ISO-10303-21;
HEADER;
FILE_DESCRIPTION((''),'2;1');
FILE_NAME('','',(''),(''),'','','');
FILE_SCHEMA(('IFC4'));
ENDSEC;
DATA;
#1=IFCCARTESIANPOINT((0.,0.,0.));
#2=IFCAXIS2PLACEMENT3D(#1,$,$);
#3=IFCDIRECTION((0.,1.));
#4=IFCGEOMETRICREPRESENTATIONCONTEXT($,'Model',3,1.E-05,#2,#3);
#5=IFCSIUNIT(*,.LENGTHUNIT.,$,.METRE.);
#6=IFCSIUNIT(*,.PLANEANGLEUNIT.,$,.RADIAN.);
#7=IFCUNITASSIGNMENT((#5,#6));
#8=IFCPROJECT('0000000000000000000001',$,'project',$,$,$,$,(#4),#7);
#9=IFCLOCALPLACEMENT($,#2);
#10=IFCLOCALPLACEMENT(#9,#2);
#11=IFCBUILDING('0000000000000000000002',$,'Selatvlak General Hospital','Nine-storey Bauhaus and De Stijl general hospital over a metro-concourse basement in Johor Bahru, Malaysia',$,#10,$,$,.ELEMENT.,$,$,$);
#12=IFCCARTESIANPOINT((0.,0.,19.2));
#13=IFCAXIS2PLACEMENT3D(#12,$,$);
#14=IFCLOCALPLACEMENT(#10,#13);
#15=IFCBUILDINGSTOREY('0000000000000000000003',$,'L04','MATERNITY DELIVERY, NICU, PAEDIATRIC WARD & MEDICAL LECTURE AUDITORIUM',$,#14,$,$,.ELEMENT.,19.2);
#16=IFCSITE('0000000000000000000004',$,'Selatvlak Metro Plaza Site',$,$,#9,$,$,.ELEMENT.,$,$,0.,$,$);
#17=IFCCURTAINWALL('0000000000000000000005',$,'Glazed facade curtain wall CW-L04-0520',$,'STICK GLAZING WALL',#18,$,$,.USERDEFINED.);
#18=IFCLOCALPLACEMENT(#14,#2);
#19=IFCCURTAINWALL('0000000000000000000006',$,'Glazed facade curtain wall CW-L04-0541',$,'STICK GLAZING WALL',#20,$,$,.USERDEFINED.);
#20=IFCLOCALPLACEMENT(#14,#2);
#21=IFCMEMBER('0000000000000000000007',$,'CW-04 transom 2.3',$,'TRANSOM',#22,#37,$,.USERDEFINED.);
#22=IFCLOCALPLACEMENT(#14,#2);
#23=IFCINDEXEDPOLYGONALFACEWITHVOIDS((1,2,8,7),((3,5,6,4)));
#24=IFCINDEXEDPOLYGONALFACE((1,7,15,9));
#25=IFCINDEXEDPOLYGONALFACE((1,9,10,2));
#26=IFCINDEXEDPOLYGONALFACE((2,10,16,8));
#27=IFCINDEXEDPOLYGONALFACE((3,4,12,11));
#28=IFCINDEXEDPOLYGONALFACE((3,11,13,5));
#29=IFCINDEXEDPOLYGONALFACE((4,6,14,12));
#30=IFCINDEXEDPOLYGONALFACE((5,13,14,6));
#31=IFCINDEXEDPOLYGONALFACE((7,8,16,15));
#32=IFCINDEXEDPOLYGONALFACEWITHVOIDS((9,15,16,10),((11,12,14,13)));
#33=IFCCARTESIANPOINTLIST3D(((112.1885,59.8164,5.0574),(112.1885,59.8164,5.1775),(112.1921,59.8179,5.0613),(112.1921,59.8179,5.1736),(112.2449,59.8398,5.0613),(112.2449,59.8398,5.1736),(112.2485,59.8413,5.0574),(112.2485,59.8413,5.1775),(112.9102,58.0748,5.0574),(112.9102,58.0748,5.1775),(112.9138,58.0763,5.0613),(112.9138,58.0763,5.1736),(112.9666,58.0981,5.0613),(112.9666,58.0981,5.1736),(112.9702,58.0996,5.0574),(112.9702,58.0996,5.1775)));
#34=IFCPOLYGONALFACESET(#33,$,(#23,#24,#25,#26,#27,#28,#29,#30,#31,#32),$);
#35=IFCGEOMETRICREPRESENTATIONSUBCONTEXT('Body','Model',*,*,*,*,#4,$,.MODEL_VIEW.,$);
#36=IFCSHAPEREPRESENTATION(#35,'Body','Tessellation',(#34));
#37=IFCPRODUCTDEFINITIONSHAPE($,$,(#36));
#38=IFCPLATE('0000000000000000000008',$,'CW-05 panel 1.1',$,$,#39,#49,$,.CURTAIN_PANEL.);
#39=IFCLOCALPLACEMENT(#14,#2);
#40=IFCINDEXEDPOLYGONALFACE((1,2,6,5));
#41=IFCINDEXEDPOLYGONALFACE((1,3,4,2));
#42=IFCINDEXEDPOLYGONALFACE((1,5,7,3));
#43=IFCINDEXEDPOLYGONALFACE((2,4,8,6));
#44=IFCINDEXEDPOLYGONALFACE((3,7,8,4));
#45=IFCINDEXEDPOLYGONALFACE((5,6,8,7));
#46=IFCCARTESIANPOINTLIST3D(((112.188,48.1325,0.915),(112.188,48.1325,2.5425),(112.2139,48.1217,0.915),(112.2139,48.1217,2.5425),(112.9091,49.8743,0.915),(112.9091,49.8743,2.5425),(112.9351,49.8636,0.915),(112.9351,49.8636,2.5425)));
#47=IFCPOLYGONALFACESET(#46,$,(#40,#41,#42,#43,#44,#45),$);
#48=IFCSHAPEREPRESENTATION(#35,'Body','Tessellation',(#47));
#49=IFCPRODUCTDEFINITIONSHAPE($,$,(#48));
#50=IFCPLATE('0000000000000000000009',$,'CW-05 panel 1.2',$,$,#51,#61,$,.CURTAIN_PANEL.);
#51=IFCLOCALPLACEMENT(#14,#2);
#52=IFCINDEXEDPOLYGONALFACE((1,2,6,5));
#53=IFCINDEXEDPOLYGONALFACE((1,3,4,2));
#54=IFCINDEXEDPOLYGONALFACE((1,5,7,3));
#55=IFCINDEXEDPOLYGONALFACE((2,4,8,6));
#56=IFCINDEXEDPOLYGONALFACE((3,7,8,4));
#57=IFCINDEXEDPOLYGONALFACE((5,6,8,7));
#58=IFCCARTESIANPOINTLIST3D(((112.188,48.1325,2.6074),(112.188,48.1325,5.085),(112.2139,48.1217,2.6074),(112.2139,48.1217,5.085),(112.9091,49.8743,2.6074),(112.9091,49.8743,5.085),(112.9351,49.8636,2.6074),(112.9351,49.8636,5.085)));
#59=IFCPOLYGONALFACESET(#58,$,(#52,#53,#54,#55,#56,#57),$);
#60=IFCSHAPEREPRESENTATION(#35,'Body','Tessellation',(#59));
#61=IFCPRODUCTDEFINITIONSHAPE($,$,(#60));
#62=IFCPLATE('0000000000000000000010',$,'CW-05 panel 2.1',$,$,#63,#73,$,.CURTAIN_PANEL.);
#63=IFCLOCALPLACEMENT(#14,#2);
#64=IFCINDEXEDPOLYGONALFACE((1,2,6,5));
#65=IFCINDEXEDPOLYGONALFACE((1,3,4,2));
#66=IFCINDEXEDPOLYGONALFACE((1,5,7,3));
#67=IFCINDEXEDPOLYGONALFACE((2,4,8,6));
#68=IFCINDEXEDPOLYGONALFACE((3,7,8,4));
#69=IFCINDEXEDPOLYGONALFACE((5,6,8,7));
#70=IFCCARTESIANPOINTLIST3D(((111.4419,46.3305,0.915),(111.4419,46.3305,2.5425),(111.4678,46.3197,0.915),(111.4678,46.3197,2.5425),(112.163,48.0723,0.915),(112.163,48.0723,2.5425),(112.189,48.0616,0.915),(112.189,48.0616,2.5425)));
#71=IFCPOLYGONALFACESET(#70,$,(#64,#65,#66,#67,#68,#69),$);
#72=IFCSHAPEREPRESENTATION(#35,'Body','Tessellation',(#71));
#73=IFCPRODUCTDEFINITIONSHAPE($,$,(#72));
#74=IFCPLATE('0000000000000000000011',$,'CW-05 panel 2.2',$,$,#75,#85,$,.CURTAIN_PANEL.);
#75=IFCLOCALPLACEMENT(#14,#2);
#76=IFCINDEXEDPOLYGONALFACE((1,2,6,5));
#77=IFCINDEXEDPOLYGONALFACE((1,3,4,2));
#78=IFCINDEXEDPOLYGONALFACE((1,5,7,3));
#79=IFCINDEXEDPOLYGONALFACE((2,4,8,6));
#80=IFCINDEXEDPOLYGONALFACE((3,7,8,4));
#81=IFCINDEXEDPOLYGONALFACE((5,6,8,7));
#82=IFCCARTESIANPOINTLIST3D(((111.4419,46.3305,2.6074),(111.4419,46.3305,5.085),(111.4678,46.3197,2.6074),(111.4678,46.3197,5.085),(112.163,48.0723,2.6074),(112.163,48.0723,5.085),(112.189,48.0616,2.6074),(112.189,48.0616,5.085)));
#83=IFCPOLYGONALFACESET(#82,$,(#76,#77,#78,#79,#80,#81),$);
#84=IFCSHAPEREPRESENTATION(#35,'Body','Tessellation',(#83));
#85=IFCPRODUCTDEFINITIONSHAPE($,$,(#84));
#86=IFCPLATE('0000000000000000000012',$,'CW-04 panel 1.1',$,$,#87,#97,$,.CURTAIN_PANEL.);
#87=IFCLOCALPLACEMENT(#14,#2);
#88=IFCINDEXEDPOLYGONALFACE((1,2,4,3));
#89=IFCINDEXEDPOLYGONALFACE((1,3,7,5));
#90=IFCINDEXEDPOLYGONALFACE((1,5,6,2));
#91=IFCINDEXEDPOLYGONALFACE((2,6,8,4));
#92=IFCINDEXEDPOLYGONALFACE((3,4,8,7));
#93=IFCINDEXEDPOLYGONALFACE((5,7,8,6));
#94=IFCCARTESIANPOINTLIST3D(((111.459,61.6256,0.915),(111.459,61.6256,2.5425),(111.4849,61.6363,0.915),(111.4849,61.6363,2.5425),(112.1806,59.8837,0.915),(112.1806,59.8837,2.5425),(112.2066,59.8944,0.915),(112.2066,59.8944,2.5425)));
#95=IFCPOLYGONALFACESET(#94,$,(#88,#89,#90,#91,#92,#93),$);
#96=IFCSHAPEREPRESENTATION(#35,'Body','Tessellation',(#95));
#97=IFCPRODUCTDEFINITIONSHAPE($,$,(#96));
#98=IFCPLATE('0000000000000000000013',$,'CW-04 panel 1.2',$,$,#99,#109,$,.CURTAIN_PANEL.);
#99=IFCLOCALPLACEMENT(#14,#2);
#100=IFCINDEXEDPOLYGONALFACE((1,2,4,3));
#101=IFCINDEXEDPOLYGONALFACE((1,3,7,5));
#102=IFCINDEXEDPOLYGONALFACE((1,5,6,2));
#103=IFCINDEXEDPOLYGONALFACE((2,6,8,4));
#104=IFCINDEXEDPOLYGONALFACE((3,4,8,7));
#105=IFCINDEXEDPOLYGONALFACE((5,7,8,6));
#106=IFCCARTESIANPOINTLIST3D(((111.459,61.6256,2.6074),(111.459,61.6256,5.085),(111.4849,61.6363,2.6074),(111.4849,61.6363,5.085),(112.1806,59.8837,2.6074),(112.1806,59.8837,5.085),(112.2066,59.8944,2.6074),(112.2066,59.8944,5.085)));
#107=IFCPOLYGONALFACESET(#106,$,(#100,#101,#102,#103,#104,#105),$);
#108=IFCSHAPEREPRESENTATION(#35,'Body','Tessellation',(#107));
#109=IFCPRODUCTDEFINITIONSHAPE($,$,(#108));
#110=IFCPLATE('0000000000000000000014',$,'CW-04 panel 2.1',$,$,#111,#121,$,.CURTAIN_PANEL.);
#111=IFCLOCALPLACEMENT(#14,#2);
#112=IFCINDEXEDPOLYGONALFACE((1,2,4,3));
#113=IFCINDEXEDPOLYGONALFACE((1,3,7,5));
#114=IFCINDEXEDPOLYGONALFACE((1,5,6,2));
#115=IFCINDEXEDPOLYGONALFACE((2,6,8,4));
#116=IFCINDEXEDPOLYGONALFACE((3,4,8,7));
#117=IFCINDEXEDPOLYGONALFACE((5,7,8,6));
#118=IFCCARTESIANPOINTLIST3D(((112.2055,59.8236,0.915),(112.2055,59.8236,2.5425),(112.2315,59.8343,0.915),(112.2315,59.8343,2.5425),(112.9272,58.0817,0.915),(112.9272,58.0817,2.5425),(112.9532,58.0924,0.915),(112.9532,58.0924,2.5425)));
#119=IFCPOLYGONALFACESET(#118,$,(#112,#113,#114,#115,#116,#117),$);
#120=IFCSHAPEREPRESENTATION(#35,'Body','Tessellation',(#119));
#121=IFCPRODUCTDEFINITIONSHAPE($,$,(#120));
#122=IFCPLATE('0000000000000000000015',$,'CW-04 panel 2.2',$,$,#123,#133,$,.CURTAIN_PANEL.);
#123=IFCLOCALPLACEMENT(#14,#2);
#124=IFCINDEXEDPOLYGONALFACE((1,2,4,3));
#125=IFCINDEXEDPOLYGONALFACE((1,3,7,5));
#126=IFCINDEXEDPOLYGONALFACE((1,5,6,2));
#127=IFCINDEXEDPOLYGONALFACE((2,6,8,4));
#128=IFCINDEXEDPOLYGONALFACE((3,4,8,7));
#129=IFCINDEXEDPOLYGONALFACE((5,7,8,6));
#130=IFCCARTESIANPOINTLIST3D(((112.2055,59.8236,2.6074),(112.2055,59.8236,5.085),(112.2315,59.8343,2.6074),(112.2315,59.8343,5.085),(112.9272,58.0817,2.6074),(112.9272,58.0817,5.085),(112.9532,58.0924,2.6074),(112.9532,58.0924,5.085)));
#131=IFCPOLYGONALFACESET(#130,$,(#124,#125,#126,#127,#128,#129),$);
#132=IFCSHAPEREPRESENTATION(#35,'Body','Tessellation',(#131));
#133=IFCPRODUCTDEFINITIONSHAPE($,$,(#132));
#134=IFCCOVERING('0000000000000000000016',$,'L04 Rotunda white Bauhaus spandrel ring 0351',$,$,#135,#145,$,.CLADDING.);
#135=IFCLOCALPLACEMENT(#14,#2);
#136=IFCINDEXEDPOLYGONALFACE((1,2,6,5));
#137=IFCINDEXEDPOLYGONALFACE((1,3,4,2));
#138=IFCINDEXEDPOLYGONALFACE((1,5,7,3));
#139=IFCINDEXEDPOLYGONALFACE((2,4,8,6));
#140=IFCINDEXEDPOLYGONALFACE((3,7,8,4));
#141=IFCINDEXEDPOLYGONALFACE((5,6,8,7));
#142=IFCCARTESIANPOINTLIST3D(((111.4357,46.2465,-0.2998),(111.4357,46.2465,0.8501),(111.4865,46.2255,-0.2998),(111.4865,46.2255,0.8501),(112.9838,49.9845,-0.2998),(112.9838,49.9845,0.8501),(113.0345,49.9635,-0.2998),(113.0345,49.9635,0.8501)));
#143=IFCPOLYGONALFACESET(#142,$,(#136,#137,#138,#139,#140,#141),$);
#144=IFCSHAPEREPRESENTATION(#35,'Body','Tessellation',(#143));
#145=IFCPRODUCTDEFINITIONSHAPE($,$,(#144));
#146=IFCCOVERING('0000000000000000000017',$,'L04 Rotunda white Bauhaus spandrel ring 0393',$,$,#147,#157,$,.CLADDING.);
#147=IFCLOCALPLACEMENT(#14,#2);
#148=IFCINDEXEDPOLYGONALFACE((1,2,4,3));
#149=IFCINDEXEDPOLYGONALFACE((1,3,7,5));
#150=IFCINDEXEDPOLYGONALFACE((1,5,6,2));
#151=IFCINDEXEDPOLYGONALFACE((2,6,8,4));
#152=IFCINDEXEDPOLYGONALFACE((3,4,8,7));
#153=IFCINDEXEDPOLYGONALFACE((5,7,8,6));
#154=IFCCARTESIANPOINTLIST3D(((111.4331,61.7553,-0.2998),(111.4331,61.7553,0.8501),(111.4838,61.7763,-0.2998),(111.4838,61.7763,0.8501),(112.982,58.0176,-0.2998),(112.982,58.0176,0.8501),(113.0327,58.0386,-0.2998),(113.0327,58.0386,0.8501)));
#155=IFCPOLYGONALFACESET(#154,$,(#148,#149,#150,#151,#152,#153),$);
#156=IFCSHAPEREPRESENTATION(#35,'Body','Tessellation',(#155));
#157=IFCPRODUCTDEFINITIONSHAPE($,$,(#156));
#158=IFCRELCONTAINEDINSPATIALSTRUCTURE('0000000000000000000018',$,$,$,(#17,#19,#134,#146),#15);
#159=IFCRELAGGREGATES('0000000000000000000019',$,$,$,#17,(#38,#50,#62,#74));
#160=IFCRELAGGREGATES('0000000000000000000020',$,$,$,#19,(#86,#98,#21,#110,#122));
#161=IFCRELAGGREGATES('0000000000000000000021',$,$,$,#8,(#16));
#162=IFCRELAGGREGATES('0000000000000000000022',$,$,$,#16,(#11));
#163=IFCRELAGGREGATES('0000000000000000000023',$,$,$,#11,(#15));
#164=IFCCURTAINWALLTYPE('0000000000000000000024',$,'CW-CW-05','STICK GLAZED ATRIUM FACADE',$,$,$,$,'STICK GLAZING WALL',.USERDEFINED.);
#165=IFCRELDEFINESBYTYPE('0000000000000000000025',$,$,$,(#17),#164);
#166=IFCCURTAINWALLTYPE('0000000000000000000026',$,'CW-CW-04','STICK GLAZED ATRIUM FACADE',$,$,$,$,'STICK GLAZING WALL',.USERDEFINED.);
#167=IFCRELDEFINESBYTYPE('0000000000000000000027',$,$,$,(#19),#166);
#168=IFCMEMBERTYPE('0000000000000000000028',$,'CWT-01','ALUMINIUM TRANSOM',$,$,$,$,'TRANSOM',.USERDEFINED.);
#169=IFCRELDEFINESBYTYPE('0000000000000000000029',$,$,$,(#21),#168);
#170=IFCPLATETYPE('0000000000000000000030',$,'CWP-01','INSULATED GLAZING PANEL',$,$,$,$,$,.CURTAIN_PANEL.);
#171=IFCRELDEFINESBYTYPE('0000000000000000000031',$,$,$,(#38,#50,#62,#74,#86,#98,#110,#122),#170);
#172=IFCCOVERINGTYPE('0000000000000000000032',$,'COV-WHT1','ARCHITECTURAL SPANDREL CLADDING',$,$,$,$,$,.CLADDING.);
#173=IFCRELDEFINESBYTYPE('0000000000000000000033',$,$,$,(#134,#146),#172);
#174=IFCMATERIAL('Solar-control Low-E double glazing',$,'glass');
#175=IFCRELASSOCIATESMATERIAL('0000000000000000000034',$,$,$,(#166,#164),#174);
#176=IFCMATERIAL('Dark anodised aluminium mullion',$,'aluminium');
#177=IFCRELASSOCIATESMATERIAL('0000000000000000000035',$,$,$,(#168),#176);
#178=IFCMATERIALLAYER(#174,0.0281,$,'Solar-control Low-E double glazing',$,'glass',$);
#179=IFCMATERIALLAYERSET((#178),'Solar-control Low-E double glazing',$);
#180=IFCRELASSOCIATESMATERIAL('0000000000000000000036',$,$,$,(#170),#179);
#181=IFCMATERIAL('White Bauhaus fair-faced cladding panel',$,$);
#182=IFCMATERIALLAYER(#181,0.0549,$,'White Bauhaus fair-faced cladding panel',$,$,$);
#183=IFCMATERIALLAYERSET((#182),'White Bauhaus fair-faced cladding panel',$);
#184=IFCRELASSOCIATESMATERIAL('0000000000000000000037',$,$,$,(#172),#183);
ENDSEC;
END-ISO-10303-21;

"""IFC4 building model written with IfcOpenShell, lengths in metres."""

from ifc_helpers import new_model, si_unit, direction, frame, origin, origin_2d, place, context, subcontext, project, spatial, rectangle, hollow_rectangle, extrude, material, layer, layer_set, material_profile, profile_set, type_object, element, aggregate, save


model = new_model("IFC4")

# Units and contexts
model_context = context("Model", 3, precision=1e-05, world=origin(), true_north=direction((0.0, 1.0)))
body_context = subcontext(model_context, "Body", "Model", "MODEL_VIEW")
ifc_project = project(units=[si_unit("LENGTHUNIT", "METRE"), si_unit("PLANEANGLEUNIT", "RADIAN")], contexts=[model_context])

# Site, building, storey
site_placement = place(None, origin())
site = spatial("IfcSite", under=ifc_project, at=site_placement, Name="Selatvlak Metro Plaza Site", CompositionType="ELEMENT", RefElevation=0.0)
building_placement = place(site_placement, origin())
building = spatial("IfcBuilding", under=site, at=building_placement, Name="Selatvlak General Hospital", Description="Nine-storey Bauhaus and De Stijl general hospital over a metro-concourse basement in Johor Bahru, Malaysia", CompositionType="ELEMENT")
storey_placement = place(building_placement, frame((0.0, 0.0, 19.2)))
storey = spatial("IfcBuildingStorey", under=building, at=storey_placement, Name="L04", Description="MATERNITY DELIVERY, NICU, PAEDIATRIC WARD & MEDICAL LECTURE AUDITORIUM", CompositionType="ELEMENT", Elevation=19.2)

# Shared definitions
ifc_material_1 = material(Name="Solar-control Low-E double glazing", Category="glass")
curtain_wall_type_1 = type_object("IfcCurtainWallType", Name="CW-CW-04", Description="STICK GLAZED ATRIUM FACADE", ElementType="STICK GLAZING WALL", PredefinedType="USERDEFINED", material=ifc_material_1)
ifc_material_2 = material(Name="Dark anodised aluminium mullion", Category="aluminium")

# Curtain walls
curtain_wall_type_2 = type_object("IfcCurtainWallType", Name="CW-CW-05", Description="STICK GLAZED ATRIUM FACADE", ElementType="STICK GLAZING WALL", PredefinedType="USERDEFINED", material=ifc_material_1)
curtain_wall_1_placement = place(storey_placement, origin())
curtain_wall_1 = element("IfcCurtainWall", 1, at=curtain_wall_1_placement, inside=storey, type_object=curtain_wall_type_2, Name="Glazed facade curtain wall CW-L04-0520", ObjectType="STICK GLAZING WALL", PredefinedType="USERDEFINED")
curtain_wall_2_placement = place(storey_placement, origin())
curtain_wall_2 = element("IfcCurtainWall", 2, at=curtain_wall_2_placement, inside=storey, type_object=curtain_wall_type_1, Name="Glazed facade curtain wall CW-L04-0541", ObjectType="STICK GLAZING WALL", PredefinedType="USERDEFINED")

# Member
ifc_material_profile_1 = material_profile(ifc_material_2, hollow_rectangle(XDim=0.0649, YDim=0.1201, WallThickness=0.0039, at=origin_2d()), Name="AL-TRN 65x120x4")
ifc_profile_set_1 = profile_set([ifc_material_profile_1], Name="Dark anodised aluminium mullion")
member_type_1 = type_object("IfcMemberType", Name="CWT-01", Description="ALUMINIUM TRANSOM", ElementType="TRANSOM", PredefinedType="USERDEFINED", material=ifc_profile_set_1)
member_1_placement = place(storey_placement, frame((112.2185, 59.8289, 5.1174), z_axis=(0.382794, -0.923834, 0.0), x_axis=(0.923834, 0.382794, 0.0)))
member_1 = element("IfcMember", 3, at=member_1_placement, type_object=member_type_1, Name="CW-04 transom 2.3", ObjectType="TRANSOM", PredefinedType="USERDEFINED", context=body_context, shape_type="SweptSolid", body=[
    extrude(hollow_rectangle(XDim=0.0649, YDim=0.1201, WallThickness=0.0039, at=origin_2d()), origin(), (0.0, 0.0, 1.0), 1.8853),
])

# Plates
ifc_layer_1 = layer(ifc_material_1, 0.0281, Name="Solar-control Low-E double glazing", Category="glass")
ifc_layer_set_1 = layer_set([ifc_layer_1], Name="Solar-control Low-E double glazing")
plate_type = type_object("IfcPlateType", Name="CWP-01", Description="INSULATED GLAZING PANEL", PredefinedType="CURTAIN_PANEL", material=ifc_layer_set_1)
plate_1_placement = place(storey_placement, frame((112.5615, 48.998, 0.915), z_axis=(0.0, 0.0, 1.0), x_axis=(-0.382537, -0.92394, 0.0)))
plate_1 = element("IfcPlate", 4, at=plate_1_placement, type_object=plate_type, Name="CW-05 panel 1.1", PredefinedType="CURTAIN_PANEL", context=body_context, shape_type="SweptSolid", body=[
    extrude(rectangle(XDim=1.8853, YDim=0.0281, at=origin_2d()), origin(), (0.0, 0.0, 1.0), 1.6274),
])
plate_2_placement = place(storey_placement, frame((112.5615, 48.998, 2.6074), z_axis=(0.0, 0.0, 1.0), x_axis=(-0.382537, -0.92394, 0.0)))
plate_2 = element("IfcPlate", 5, at=plate_2_placement, type_object=plate_type, Name="CW-05 panel 1.2", PredefinedType="CURTAIN_PANEL", context=body_context, shape_type="SweptSolid", body=[
    extrude(rectangle(XDim=1.8853, YDim=0.0281, at=origin_2d()), origin(), (0.0, 0.0, 1.0), 2.4775),
])
plate_3_placement = place(storey_placement, frame((111.8154, 47.196, 0.915), z_axis=(0.0, 0.0, 1.0), x_axis=(-0.382537, -0.92394, 0.0)))
plate_3 = element("IfcPlate", 6, at=plate_3_placement, type_object=plate_type, Name="CW-05 panel 2.1", PredefinedType="CURTAIN_PANEL", context=body_context, shape_type="SweptSolid", body=[
    extrude(rectangle(XDim=1.8853, YDim=0.0281, at=origin_2d()), origin(), (0.0, 0.0, 1.0), 1.6274),
])
plate_4_placement = place(storey_placement, frame((111.8154, 47.196, 2.6074), z_axis=(0.0, 0.0, 1.0), x_axis=(-0.382537, -0.92394, 0.0)))
plate_4 = element("IfcPlate", 7, at=plate_4_placement, type_object=plate_type, Name="CW-05 panel 2.2", PredefinedType="CURTAIN_PANEL", context=body_context, shape_type="SweptSolid", body=[
    extrude(rectangle(XDim=1.8853, YDim=0.0281, at=origin_2d()), origin(), (0.0, 0.0, 1.0), 2.4775),
])
aggregate(curtain_wall_1, [plate_1, plate_2, plate_3, plate_4])
plate_5_placement = place(storey_placement, frame((111.8328, 60.76, 0.915), z_axis=(0.0, 0.0, 1.0), x_axis=(0.382753, -0.923851, 0.0)))
plate_5 = element("IfcPlate", 8, at=plate_5_placement, type_object=plate_type, Name="CW-04 panel 1.1", PredefinedType="CURTAIN_PANEL", context=body_context, shape_type="SweptSolid", body=[
    extrude(rectangle(XDim=1.8855, YDim=0.0281, at=origin_2d()), origin(), (0.0, 0.0, 1.0), 1.6274),
])
plate_6_placement = place(storey_placement, frame((111.8328, 60.76, 2.6074), z_axis=(0.0, 0.0, 1.0), x_axis=(0.382753, -0.923851, 0.0)))
plate_6 = element("IfcPlate", 9, at=plate_6_placement, type_object=plate_type, Name="CW-04 panel 1.2", PredefinedType="CURTAIN_PANEL", context=body_context, shape_type="SweptSolid", body=[
    extrude(rectangle(XDim=1.8855, YDim=0.0281, at=origin_2d()), origin(), (0.0, 0.0, 1.0), 2.4775),
])
plate_7_placement = place(storey_placement, frame((112.5793, 58.958, 0.915), z_axis=(0.0, 0.0, 1.0), x_axis=(0.382753, -0.923851, 0.0)))
plate_7 = element("IfcPlate", 10, at=plate_7_placement, type_object=plate_type, Name="CW-04 panel 2.1", PredefinedType="CURTAIN_PANEL", context=body_context, shape_type="SweptSolid", body=[
    extrude(rectangle(XDim=1.8855, YDim=0.0281, at=origin_2d()), origin(), (0.0, 0.0, 1.0), 1.6274),
])
plate_8_placement = place(storey_placement, frame((112.5793, 58.958, 2.6074), z_axis=(0.0, 0.0, 1.0), x_axis=(0.382753, -0.923851, 0.0)))
plate_8 = element("IfcPlate", 11, at=plate_8_placement, type_object=plate_type, Name="CW-04 panel 2.2", PredefinedType="CURTAIN_PANEL", context=body_context, shape_type="SweptSolid", body=[
    extrude(rectangle(XDim=1.8855, YDim=0.0281, at=origin_2d()), origin(), (0.0, 0.0, 1.0), 2.4775),
])
aggregate(curtain_wall_2, [plate_5, plate_6, member_1, plate_7, plate_8])

# Coverings
ifc_material_3 = material(Name="White Bauhaus fair-faced cladding panel")
ifc_layer_2 = layer(ifc_material_3, 0.0549, Name="White Bauhaus fair-faced cladding panel")
ifc_layer_set_2 = layer_set([ifc_layer_2], Name="White Bauhaus fair-faced cladding panel")
covering_type = type_object("IfcCoveringType", Name="COV-WHT1", Description="ARCHITECTURAL SPANDREL CLADDING", PredefinedType="CLADDING", material=ifc_layer_set_2)
for number, where, z_axis, x_axis, name in (
    (12, (112.2351, 48.105, -0.2998), (0.0, 0.0, 1.0), (-0.382619, -0.923906, 0.0), "L04 Rotunda white Bauhaus spandrel ring 0351"),
    (13, (112.2329, 59.897, -0.2998), (0.0, 0.0, 1.0), (0.382829, -0.923819, 0.0), "L04 Rotunda white Bauhaus spandrel ring 0393"),
):
    element("IfcCovering", number, at=place(storey_placement, frame(where, z_axis=z_axis, x_axis=x_axis)), inside=storey, type_object=covering_type, Name=name, PredefinedType="CLADDING", context=body_context, shape_type="SweptSolid", body=[
        extrude(rectangle(XDim=4.0459, YDim=0.0549, at=origin_2d()), origin(), (0.0, 0.0, 1.0), 1.1499),
    ])

save(model, "model.ifc")
